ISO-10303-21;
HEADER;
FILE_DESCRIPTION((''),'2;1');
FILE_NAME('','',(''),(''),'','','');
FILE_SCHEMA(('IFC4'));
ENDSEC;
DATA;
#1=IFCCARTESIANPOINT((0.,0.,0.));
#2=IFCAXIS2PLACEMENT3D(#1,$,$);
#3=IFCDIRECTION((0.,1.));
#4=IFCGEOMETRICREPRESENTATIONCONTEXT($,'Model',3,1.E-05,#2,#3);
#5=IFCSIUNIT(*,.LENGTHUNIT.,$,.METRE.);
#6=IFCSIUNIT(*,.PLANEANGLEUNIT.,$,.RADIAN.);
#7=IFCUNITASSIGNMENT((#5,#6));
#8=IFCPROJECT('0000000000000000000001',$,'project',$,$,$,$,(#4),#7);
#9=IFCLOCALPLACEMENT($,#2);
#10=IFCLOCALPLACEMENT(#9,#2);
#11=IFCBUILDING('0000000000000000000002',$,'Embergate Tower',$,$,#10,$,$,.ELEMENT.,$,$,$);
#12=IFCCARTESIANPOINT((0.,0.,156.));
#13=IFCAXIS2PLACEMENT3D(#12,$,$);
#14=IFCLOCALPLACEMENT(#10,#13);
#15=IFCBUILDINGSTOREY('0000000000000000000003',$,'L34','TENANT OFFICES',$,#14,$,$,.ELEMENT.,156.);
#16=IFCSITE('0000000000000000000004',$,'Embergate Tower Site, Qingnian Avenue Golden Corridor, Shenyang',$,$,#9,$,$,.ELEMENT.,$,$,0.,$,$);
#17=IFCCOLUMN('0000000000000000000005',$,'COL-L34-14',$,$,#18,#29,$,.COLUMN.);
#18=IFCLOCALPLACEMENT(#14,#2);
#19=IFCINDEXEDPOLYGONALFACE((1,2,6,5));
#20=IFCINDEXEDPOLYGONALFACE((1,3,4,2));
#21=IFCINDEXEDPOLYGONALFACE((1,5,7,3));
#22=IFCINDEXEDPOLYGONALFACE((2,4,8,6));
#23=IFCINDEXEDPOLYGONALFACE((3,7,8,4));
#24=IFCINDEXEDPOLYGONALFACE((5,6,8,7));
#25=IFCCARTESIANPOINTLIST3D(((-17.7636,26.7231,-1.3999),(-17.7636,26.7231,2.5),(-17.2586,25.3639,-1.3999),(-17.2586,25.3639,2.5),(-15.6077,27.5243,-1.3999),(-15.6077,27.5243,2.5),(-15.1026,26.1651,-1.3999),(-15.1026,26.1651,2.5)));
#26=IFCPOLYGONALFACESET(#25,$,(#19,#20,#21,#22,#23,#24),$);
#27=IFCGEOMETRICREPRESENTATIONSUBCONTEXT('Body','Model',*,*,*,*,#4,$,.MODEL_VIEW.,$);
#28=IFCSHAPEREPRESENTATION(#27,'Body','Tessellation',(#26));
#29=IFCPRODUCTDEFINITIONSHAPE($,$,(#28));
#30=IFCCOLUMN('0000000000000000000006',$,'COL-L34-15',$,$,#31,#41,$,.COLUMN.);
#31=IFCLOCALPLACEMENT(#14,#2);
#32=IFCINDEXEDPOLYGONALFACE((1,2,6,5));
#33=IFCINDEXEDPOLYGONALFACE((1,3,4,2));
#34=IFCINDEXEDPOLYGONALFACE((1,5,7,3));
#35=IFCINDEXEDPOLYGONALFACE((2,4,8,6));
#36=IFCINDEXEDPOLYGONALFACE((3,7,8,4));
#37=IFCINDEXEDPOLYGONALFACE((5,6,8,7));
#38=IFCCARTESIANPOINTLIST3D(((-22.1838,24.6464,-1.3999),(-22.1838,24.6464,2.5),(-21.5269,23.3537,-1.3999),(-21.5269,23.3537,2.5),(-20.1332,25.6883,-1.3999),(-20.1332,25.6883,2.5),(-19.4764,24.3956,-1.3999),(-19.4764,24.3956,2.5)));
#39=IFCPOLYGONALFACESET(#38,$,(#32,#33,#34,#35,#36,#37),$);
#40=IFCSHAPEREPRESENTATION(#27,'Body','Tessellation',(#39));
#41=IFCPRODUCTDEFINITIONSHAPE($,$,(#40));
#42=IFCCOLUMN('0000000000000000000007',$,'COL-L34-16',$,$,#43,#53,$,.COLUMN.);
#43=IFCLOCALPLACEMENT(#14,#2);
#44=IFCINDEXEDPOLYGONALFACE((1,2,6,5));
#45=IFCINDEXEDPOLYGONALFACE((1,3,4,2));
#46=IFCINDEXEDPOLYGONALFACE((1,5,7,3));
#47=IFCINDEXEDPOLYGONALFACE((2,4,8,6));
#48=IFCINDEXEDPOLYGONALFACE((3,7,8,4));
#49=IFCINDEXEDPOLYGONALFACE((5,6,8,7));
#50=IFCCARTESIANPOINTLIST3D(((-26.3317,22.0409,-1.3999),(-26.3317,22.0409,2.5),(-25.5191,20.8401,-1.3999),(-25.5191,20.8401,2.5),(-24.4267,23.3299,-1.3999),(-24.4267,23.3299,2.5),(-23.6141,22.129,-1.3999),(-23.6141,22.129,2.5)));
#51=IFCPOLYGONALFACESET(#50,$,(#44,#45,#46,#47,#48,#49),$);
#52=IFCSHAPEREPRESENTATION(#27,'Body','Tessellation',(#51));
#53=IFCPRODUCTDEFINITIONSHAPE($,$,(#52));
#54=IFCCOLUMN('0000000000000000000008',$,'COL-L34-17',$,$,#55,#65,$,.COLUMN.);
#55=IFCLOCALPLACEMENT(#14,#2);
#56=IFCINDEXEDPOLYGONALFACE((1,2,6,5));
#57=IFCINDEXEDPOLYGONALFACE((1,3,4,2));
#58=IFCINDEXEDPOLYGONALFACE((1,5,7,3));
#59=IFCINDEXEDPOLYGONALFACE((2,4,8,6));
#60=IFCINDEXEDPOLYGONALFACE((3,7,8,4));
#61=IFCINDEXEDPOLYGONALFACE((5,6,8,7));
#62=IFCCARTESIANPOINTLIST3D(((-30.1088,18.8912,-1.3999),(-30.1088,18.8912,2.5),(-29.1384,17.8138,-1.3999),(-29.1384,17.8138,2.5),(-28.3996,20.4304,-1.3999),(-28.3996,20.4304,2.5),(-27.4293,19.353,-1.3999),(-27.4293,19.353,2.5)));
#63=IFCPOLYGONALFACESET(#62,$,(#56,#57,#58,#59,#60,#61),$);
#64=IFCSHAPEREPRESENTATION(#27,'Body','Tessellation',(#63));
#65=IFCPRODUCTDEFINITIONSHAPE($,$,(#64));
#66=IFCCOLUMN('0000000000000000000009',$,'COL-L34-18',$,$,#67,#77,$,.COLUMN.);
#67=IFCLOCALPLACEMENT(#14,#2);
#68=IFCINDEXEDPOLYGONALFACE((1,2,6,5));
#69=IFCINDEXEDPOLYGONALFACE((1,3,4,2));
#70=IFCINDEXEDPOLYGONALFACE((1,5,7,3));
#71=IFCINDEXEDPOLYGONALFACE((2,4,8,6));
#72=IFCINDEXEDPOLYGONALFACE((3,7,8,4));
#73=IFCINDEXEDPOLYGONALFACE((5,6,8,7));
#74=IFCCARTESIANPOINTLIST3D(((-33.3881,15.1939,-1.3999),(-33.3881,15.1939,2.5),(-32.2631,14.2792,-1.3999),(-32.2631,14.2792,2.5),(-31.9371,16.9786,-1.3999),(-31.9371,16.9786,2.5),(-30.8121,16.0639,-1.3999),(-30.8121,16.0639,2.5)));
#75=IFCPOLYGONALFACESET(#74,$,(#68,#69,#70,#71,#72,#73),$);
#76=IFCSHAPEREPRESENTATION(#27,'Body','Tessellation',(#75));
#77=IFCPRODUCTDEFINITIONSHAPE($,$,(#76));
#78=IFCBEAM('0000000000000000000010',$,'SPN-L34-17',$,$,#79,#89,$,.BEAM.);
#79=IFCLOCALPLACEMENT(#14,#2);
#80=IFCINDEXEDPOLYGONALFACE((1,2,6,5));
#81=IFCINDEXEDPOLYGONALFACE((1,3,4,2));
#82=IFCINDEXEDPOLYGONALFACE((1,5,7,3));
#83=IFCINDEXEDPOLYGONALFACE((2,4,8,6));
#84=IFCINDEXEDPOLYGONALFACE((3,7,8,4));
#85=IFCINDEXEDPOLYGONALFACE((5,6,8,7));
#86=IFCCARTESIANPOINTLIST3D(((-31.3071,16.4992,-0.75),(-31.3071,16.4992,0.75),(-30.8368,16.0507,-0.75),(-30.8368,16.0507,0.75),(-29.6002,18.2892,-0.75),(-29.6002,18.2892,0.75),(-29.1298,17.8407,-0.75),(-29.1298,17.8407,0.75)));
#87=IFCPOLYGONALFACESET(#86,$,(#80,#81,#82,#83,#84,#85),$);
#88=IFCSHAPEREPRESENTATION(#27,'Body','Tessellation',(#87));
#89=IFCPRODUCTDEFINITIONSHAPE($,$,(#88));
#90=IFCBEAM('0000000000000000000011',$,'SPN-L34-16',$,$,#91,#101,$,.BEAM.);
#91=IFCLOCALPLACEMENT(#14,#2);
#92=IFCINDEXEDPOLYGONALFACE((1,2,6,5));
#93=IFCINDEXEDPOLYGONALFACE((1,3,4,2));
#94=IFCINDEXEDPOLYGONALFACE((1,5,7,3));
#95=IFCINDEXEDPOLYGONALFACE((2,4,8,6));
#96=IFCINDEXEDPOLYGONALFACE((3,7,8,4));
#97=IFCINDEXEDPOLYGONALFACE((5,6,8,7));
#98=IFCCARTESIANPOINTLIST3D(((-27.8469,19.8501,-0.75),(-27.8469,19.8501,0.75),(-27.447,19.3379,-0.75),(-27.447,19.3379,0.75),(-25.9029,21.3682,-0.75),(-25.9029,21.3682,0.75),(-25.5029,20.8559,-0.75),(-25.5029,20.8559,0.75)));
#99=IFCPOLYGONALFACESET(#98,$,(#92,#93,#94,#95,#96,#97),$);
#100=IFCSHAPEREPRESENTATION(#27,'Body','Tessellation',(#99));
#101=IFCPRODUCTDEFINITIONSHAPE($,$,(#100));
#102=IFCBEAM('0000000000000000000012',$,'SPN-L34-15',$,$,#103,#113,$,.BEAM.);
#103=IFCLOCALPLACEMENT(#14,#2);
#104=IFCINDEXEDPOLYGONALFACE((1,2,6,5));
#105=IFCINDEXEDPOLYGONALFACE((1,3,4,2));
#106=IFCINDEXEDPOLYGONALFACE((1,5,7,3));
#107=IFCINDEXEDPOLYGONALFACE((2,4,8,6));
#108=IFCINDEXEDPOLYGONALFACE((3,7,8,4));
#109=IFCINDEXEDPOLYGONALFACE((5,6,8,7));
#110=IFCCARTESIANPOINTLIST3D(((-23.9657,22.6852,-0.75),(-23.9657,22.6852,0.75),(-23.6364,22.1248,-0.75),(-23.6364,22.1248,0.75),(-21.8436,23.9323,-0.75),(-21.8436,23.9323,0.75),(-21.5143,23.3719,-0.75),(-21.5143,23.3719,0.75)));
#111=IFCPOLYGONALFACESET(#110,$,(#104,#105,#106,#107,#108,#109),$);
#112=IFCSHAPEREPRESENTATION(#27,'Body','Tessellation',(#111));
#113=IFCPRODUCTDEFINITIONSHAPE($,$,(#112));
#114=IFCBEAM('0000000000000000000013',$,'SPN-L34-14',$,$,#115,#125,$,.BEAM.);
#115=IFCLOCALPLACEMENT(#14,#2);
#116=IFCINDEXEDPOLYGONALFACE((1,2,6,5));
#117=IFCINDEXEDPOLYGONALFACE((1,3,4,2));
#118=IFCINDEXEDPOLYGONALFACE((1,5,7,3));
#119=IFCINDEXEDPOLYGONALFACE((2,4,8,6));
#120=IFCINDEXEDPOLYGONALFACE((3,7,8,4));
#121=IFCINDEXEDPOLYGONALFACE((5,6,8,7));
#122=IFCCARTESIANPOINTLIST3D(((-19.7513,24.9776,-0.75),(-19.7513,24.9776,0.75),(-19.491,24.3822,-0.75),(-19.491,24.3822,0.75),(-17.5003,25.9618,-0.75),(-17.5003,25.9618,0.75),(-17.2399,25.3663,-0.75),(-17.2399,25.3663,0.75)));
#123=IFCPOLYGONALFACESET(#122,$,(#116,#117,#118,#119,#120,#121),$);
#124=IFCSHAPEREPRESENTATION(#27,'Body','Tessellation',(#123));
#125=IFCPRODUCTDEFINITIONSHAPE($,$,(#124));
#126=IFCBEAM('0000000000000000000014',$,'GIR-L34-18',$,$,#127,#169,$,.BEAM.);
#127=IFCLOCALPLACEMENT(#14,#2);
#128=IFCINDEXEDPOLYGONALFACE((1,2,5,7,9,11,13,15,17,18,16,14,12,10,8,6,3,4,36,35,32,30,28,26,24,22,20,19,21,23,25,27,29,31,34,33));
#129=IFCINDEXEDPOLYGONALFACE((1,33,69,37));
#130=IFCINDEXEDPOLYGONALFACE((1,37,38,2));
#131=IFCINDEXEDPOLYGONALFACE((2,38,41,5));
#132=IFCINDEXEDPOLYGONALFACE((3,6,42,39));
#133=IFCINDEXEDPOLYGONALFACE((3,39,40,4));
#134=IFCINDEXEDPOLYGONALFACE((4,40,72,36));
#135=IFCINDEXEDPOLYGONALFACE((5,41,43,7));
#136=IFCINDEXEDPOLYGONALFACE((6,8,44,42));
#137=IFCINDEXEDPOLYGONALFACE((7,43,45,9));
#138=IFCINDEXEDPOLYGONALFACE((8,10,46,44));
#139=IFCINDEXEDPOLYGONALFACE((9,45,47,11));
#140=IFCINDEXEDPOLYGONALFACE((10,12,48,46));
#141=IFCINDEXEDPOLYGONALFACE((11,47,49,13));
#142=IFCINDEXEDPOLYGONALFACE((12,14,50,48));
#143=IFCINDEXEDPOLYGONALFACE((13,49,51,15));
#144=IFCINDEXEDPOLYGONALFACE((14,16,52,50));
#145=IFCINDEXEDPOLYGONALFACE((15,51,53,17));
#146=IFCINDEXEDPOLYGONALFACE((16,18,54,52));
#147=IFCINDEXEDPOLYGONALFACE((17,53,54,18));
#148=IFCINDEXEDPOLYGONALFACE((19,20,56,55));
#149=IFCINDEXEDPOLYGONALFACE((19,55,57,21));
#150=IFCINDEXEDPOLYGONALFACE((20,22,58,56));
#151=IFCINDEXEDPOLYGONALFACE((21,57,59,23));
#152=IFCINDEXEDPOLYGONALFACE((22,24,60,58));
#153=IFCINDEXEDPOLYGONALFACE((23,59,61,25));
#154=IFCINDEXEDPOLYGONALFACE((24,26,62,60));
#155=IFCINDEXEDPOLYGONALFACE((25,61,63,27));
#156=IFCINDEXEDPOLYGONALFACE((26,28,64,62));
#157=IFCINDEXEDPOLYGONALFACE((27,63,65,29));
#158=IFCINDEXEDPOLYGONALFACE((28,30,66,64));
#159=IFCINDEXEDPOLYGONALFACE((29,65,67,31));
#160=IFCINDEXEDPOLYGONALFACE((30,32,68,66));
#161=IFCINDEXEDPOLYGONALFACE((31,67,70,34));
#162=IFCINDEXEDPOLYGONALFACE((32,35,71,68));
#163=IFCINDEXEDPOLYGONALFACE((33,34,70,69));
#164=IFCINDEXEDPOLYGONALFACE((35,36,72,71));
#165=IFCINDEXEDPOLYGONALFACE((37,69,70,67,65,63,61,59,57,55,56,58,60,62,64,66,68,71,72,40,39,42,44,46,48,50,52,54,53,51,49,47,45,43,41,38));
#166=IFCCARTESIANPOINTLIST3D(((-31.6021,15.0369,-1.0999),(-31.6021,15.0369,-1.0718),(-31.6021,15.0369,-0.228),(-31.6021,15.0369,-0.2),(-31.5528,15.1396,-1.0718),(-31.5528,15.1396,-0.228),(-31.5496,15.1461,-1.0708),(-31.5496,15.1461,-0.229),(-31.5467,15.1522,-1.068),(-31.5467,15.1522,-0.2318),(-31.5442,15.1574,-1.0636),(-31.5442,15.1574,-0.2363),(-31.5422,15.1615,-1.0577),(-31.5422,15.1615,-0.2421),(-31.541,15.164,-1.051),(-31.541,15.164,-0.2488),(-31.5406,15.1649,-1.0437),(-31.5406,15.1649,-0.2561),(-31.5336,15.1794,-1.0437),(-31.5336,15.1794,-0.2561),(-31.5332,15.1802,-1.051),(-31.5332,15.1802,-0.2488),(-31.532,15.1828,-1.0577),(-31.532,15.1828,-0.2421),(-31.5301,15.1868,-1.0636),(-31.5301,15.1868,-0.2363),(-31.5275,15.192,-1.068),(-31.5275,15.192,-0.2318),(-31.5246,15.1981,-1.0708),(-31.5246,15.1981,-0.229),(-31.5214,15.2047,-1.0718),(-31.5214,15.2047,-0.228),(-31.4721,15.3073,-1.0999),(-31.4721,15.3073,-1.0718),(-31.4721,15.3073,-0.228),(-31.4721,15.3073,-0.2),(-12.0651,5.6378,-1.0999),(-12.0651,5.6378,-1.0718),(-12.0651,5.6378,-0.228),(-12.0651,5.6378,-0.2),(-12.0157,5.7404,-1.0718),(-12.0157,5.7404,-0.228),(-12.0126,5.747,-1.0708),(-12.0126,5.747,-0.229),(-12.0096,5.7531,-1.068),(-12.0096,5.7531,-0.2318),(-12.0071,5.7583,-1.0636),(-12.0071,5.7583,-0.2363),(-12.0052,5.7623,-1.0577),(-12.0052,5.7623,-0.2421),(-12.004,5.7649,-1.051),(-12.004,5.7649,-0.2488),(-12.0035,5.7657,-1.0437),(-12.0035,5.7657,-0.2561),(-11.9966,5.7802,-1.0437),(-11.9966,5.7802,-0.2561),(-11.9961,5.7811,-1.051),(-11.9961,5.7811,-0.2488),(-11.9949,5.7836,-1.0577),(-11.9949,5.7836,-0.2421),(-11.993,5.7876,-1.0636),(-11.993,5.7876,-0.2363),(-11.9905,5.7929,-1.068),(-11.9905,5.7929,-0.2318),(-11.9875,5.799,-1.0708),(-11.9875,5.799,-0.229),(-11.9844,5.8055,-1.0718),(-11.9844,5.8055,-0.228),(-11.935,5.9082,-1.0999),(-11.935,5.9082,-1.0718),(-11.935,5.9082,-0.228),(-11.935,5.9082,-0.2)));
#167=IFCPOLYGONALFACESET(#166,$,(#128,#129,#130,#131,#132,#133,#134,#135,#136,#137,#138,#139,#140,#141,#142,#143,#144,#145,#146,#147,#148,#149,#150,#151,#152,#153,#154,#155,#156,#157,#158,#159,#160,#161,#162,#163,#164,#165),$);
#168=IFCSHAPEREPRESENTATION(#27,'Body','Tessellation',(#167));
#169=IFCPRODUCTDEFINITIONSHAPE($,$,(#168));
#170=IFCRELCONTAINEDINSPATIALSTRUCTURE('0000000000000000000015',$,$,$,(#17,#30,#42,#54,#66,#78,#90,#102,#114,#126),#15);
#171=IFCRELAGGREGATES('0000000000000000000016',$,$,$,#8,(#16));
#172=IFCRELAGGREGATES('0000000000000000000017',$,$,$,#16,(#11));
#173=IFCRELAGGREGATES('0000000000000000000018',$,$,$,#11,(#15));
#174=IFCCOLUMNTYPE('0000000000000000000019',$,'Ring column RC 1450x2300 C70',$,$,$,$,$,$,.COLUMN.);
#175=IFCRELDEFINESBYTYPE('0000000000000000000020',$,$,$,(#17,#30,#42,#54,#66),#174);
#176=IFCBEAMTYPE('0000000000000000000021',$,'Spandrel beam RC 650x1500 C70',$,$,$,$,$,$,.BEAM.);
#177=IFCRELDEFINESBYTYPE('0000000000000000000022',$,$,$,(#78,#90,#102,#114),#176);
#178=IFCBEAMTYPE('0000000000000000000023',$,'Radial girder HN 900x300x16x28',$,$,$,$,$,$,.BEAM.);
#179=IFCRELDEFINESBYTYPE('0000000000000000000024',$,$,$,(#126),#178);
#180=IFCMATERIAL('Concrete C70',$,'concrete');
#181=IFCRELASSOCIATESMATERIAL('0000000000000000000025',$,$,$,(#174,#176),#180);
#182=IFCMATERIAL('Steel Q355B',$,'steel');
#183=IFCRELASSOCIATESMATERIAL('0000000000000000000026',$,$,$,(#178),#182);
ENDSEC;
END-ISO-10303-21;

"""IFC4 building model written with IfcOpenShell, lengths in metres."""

from ifc_helpers import new_model, si_unit, direction, frame, origin, origin_2d, place, context, subcontext, project, spatial, rectangle, i_section, extrude, source, transform, mapped, material, material_profile, profile_set, type_object, element, save


model = new_model("IFC4")

# Units and contexts
model_context = context("Model", 3, precision=1e-05, world=origin(), true_north=direction((0.0, 1.0)))
body_context = subcontext(model_context, "Body", "Model", "MODEL_VIEW")
ifc_project = project(units=[si_unit("LENGTHUNIT", "METRE"), si_unit("PLANEANGLEUNIT", "RADIAN")], contexts=[model_context])

# Site, building, storey
site_placement = place(None, origin())
site = spatial("IfcSite", under=ifc_project, at=site_placement, Name="Embergate Tower Site, Qingnian Avenue Golden Corridor, Shenyang", CompositionType="ELEMENT", RefElevation=0.0)
building_placement = place(site_placement, origin())
building = spatial("IfcBuilding", under=site, at=building_placement, Name="Embergate Tower", CompositionType="ELEMENT")
storey_placement = place(building_placement, frame((0.0, 0.0, 156.0)))
storey = spatial("IfcBuildingStorey", under=building, at=storey_placement, Name="L34", Description="TENANT OFFICES", CompositionType="ELEMENT", Elevation=156.0)

# Columns
ifc_material_1 = material(Name="Concrete C70", Category="concrete")
ifc_material_profile_1 = material_profile(ifc_material_1, rectangle(XDim=1.45, YDim=2.3, at=origin_2d()), Name="RC 1450x2300")
ifc_profile_set_1 = profile_set([ifc_material_profile_1], Name="Concrete C70")
column_type = type_object("IfcColumnType", Name="Ring column RC 1450x2300 C70", PredefinedType="COLUMN", material=ifc_profile_set_1)
shared_shape_1 = source(origin(), body_context, "Body", "SweptSolid", [
    extrude(rectangle(XDim=1.45, YDim=2.3, at=origin_2d()), origin(), (0.0, 0.0, 1.0), 3.8999),
])
for number, where, z_axis, x_axis, name in (
    (1, (-16.4331, 26.4441, -1.3999), (0.0, 0.0, 1.0), (-0.348343, 0.937367, 0.0), "COL-L34-14"),
    (2, (-20.8301, 24.521, -1.3999), (0.0, 0.0, 1.0), (-0.452995, 0.891513, 0.0), "COL-L34-15"),
    (3, (-24.9729, 22.085, -1.3999), (0.0, 0.0, 1.0), (-0.560393, 0.828227, 0.0), "COL-L34-16"),
    (4, (-28.769, 19.1221, -1.3999), (0.0, 0.0, 1.0), (-0.669208, 0.743075, 0.0), "COL-L34-17"),
    (5, (-32.1001, 15.6289, -1.3999), (0.0, 0.0, 1.0), (-0.775914, 0.630838, 0.0), "COL-L34-18"),
):
    element("IfcColumn", number, at=place(storey_placement, frame(where, z_axis=z_axis, x_axis=x_axis)), inside=storey, type_object=column_type, Name=name, PredefinedType="COLUMN", context=body_context, shape_type="MappedRepresentation", body=[
        mapped(shared_shape_1, transform((0.0, 0.0, 0.0))),
    ])

# Beams
ifc_material_profile_2 = material_profile(ifc_material_1, rectangle(XDim=0.6499, YDim=1.5, at=origin_2d()), Name="RC 650x1500")
ifc_profile_set_2 = profile_set([ifc_material_profile_2], Name="Concrete C70")
beam_type_1 = type_object("IfcBeamType", Name="Spandrel beam RC 650x1500 C70", PredefinedType="BEAM", material=ifc_profile_set_2)
shared_shape_2 = source(origin(), body_context, "Body", "SweptSolid", [
    extrude(rectangle(XDim=0.6499, YDim=1.5, at=origin_2d()), origin(), (0.0, 0.0, 1.0), 2.4734),
])
beam_1_placement = place(storey_placement, frame((-29.365, 18.0649, 0.0), z_axis=(-0.690128, -0.723687, 0.0), x_axis=(0.723687, -0.690128, 0.0)))
element("IfcBeam", 6, at=beam_1_placement, inside=storey, type_object=beam_type_1, Name="SPN-L34-17", PredefinedType="BEAM", context=body_context, shape_type="MappedRepresentation", body=[
    mapped(shared_shape_2, transform((0.0, 0.0, 0.0))),
])
shared_shape_3 = source(origin(), body_context, "Body", "SweptSolid", [
    extrude(rectangle(XDim=0.6499, YDim=1.5, at=origin_2d()), origin(), (0.0, 0.0, 1.0), 2.4666),
])
beam_2_placement = place(storey_placement, frame((-25.7029, 21.1121, 0.0), z_axis=(-0.788173, -0.615454, 0.0), x_axis=(0.615454, -0.788173, 0.0)))
element("IfcBeam", 7, at=beam_2_placement, inside=storey, type_object=beam_type_1, Name="SPN-L34-16", PredefinedType="BEAM", context=body_context, shape_type="MappedRepresentation", body=[
    mapped(shared_shape_3, transform((0.0, 0.0, 0.0))),
])
shared_shape_4 = source(origin(), body_context, "Body", "SweptSolid", [
    extrude(rectangle(XDim=0.6499, YDim=1.5, at=origin_2d()), origin(), (0.0, 0.0, 1.0), 2.4614),
])
beam_3_placement = place(storey_placement, frame((-21.679, 23.6521, 0.0), z_axis=(-0.862148, -0.506656, 0.0), x_axis=(0.506656, -0.862148, 0.0)))
element("IfcBeam", 8, at=beam_3_placement, inside=storey, type_object=beam_type_1, Name="SPN-L34-15", PredefinedType="BEAM", context=body_context, shape_type="MappedRepresentation", body=[
    mapped(shared_shape_4, transform((0.0, 0.0, 0.0))),
])
shared_shape_5 = source(origin(), body_context, "Body", "SweptSolid", [
    extrude(rectangle(XDim=0.6499, YDim=1.5, at=origin_2d()), origin(), (0.0, 0.0, 1.0), 2.4568),
])
beam_4_placement = place(storey_placement, frame((-17.3701, 25.6641, 0.0), z_axis=(-0.916258, -0.400589, 0.0), x_axis=(0.400589, -0.916258, 0.0)))
element("IfcBeam", 9, at=beam_4_placement, inside=storey, type_object=beam_type_1, Name="SPN-L34-14", PredefinedType="BEAM", context=body_context, shape_type="MappedRepresentation", body=[
    mapped(shared_shape_5, transform((0.0, 0.0, 0.0))),
])
ifc_material_2 = material(Name="Steel Q355B", Category="steel")
ifc_material_profile_3 = material_profile(ifc_material_2, i_section(OverallWidth=0.3, OverallDepth=0.8999, WebThickness=0.0161, FlangeThickness=0.0281, FilletRadius=0.0281, at=origin_2d()), Name="HN 900x300x16x28")
ifc_profile_set_3 = profile_set([ifc_material_profile_3], Name="Steel Q355 grade B")
beam_type_2 = type_object("IfcBeamType", Name="Radial girder HN 900x300x16x28", PredefinedType="BEAM", material=ifc_profile_set_3)
shared_shape_6 = source(origin(), body_context, "Body", "SweptSolid", [
    extrude(i_section(OverallWidth=0.3, OverallDepth=0.8999, WebThickness=0.0161, FlangeThickness=0.0281, FilletRadius=0.0281, at=origin_2d()), origin(), (0.0, 0.0, 1.0), 21.6804),
])
beam_5_placement = place(storey_placement, frame((-31.5371, 15.1721, -0.6499), z_axis=(0.901138, -0.433532, 0.0), x_axis=(0.433532, 0.901138, 0.0)))
element("IfcBeam", 10, at=beam_5_placement, inside=storey, type_object=beam_type_2, Name="GIR-L34-18", PredefinedType="BEAM", context=body_context, shape_type="MappedRepresentation", body=[
    mapped(shared_shape_6, transform((0.0, 0.0, 0.0))),
])

save(model, "model.ifc")
